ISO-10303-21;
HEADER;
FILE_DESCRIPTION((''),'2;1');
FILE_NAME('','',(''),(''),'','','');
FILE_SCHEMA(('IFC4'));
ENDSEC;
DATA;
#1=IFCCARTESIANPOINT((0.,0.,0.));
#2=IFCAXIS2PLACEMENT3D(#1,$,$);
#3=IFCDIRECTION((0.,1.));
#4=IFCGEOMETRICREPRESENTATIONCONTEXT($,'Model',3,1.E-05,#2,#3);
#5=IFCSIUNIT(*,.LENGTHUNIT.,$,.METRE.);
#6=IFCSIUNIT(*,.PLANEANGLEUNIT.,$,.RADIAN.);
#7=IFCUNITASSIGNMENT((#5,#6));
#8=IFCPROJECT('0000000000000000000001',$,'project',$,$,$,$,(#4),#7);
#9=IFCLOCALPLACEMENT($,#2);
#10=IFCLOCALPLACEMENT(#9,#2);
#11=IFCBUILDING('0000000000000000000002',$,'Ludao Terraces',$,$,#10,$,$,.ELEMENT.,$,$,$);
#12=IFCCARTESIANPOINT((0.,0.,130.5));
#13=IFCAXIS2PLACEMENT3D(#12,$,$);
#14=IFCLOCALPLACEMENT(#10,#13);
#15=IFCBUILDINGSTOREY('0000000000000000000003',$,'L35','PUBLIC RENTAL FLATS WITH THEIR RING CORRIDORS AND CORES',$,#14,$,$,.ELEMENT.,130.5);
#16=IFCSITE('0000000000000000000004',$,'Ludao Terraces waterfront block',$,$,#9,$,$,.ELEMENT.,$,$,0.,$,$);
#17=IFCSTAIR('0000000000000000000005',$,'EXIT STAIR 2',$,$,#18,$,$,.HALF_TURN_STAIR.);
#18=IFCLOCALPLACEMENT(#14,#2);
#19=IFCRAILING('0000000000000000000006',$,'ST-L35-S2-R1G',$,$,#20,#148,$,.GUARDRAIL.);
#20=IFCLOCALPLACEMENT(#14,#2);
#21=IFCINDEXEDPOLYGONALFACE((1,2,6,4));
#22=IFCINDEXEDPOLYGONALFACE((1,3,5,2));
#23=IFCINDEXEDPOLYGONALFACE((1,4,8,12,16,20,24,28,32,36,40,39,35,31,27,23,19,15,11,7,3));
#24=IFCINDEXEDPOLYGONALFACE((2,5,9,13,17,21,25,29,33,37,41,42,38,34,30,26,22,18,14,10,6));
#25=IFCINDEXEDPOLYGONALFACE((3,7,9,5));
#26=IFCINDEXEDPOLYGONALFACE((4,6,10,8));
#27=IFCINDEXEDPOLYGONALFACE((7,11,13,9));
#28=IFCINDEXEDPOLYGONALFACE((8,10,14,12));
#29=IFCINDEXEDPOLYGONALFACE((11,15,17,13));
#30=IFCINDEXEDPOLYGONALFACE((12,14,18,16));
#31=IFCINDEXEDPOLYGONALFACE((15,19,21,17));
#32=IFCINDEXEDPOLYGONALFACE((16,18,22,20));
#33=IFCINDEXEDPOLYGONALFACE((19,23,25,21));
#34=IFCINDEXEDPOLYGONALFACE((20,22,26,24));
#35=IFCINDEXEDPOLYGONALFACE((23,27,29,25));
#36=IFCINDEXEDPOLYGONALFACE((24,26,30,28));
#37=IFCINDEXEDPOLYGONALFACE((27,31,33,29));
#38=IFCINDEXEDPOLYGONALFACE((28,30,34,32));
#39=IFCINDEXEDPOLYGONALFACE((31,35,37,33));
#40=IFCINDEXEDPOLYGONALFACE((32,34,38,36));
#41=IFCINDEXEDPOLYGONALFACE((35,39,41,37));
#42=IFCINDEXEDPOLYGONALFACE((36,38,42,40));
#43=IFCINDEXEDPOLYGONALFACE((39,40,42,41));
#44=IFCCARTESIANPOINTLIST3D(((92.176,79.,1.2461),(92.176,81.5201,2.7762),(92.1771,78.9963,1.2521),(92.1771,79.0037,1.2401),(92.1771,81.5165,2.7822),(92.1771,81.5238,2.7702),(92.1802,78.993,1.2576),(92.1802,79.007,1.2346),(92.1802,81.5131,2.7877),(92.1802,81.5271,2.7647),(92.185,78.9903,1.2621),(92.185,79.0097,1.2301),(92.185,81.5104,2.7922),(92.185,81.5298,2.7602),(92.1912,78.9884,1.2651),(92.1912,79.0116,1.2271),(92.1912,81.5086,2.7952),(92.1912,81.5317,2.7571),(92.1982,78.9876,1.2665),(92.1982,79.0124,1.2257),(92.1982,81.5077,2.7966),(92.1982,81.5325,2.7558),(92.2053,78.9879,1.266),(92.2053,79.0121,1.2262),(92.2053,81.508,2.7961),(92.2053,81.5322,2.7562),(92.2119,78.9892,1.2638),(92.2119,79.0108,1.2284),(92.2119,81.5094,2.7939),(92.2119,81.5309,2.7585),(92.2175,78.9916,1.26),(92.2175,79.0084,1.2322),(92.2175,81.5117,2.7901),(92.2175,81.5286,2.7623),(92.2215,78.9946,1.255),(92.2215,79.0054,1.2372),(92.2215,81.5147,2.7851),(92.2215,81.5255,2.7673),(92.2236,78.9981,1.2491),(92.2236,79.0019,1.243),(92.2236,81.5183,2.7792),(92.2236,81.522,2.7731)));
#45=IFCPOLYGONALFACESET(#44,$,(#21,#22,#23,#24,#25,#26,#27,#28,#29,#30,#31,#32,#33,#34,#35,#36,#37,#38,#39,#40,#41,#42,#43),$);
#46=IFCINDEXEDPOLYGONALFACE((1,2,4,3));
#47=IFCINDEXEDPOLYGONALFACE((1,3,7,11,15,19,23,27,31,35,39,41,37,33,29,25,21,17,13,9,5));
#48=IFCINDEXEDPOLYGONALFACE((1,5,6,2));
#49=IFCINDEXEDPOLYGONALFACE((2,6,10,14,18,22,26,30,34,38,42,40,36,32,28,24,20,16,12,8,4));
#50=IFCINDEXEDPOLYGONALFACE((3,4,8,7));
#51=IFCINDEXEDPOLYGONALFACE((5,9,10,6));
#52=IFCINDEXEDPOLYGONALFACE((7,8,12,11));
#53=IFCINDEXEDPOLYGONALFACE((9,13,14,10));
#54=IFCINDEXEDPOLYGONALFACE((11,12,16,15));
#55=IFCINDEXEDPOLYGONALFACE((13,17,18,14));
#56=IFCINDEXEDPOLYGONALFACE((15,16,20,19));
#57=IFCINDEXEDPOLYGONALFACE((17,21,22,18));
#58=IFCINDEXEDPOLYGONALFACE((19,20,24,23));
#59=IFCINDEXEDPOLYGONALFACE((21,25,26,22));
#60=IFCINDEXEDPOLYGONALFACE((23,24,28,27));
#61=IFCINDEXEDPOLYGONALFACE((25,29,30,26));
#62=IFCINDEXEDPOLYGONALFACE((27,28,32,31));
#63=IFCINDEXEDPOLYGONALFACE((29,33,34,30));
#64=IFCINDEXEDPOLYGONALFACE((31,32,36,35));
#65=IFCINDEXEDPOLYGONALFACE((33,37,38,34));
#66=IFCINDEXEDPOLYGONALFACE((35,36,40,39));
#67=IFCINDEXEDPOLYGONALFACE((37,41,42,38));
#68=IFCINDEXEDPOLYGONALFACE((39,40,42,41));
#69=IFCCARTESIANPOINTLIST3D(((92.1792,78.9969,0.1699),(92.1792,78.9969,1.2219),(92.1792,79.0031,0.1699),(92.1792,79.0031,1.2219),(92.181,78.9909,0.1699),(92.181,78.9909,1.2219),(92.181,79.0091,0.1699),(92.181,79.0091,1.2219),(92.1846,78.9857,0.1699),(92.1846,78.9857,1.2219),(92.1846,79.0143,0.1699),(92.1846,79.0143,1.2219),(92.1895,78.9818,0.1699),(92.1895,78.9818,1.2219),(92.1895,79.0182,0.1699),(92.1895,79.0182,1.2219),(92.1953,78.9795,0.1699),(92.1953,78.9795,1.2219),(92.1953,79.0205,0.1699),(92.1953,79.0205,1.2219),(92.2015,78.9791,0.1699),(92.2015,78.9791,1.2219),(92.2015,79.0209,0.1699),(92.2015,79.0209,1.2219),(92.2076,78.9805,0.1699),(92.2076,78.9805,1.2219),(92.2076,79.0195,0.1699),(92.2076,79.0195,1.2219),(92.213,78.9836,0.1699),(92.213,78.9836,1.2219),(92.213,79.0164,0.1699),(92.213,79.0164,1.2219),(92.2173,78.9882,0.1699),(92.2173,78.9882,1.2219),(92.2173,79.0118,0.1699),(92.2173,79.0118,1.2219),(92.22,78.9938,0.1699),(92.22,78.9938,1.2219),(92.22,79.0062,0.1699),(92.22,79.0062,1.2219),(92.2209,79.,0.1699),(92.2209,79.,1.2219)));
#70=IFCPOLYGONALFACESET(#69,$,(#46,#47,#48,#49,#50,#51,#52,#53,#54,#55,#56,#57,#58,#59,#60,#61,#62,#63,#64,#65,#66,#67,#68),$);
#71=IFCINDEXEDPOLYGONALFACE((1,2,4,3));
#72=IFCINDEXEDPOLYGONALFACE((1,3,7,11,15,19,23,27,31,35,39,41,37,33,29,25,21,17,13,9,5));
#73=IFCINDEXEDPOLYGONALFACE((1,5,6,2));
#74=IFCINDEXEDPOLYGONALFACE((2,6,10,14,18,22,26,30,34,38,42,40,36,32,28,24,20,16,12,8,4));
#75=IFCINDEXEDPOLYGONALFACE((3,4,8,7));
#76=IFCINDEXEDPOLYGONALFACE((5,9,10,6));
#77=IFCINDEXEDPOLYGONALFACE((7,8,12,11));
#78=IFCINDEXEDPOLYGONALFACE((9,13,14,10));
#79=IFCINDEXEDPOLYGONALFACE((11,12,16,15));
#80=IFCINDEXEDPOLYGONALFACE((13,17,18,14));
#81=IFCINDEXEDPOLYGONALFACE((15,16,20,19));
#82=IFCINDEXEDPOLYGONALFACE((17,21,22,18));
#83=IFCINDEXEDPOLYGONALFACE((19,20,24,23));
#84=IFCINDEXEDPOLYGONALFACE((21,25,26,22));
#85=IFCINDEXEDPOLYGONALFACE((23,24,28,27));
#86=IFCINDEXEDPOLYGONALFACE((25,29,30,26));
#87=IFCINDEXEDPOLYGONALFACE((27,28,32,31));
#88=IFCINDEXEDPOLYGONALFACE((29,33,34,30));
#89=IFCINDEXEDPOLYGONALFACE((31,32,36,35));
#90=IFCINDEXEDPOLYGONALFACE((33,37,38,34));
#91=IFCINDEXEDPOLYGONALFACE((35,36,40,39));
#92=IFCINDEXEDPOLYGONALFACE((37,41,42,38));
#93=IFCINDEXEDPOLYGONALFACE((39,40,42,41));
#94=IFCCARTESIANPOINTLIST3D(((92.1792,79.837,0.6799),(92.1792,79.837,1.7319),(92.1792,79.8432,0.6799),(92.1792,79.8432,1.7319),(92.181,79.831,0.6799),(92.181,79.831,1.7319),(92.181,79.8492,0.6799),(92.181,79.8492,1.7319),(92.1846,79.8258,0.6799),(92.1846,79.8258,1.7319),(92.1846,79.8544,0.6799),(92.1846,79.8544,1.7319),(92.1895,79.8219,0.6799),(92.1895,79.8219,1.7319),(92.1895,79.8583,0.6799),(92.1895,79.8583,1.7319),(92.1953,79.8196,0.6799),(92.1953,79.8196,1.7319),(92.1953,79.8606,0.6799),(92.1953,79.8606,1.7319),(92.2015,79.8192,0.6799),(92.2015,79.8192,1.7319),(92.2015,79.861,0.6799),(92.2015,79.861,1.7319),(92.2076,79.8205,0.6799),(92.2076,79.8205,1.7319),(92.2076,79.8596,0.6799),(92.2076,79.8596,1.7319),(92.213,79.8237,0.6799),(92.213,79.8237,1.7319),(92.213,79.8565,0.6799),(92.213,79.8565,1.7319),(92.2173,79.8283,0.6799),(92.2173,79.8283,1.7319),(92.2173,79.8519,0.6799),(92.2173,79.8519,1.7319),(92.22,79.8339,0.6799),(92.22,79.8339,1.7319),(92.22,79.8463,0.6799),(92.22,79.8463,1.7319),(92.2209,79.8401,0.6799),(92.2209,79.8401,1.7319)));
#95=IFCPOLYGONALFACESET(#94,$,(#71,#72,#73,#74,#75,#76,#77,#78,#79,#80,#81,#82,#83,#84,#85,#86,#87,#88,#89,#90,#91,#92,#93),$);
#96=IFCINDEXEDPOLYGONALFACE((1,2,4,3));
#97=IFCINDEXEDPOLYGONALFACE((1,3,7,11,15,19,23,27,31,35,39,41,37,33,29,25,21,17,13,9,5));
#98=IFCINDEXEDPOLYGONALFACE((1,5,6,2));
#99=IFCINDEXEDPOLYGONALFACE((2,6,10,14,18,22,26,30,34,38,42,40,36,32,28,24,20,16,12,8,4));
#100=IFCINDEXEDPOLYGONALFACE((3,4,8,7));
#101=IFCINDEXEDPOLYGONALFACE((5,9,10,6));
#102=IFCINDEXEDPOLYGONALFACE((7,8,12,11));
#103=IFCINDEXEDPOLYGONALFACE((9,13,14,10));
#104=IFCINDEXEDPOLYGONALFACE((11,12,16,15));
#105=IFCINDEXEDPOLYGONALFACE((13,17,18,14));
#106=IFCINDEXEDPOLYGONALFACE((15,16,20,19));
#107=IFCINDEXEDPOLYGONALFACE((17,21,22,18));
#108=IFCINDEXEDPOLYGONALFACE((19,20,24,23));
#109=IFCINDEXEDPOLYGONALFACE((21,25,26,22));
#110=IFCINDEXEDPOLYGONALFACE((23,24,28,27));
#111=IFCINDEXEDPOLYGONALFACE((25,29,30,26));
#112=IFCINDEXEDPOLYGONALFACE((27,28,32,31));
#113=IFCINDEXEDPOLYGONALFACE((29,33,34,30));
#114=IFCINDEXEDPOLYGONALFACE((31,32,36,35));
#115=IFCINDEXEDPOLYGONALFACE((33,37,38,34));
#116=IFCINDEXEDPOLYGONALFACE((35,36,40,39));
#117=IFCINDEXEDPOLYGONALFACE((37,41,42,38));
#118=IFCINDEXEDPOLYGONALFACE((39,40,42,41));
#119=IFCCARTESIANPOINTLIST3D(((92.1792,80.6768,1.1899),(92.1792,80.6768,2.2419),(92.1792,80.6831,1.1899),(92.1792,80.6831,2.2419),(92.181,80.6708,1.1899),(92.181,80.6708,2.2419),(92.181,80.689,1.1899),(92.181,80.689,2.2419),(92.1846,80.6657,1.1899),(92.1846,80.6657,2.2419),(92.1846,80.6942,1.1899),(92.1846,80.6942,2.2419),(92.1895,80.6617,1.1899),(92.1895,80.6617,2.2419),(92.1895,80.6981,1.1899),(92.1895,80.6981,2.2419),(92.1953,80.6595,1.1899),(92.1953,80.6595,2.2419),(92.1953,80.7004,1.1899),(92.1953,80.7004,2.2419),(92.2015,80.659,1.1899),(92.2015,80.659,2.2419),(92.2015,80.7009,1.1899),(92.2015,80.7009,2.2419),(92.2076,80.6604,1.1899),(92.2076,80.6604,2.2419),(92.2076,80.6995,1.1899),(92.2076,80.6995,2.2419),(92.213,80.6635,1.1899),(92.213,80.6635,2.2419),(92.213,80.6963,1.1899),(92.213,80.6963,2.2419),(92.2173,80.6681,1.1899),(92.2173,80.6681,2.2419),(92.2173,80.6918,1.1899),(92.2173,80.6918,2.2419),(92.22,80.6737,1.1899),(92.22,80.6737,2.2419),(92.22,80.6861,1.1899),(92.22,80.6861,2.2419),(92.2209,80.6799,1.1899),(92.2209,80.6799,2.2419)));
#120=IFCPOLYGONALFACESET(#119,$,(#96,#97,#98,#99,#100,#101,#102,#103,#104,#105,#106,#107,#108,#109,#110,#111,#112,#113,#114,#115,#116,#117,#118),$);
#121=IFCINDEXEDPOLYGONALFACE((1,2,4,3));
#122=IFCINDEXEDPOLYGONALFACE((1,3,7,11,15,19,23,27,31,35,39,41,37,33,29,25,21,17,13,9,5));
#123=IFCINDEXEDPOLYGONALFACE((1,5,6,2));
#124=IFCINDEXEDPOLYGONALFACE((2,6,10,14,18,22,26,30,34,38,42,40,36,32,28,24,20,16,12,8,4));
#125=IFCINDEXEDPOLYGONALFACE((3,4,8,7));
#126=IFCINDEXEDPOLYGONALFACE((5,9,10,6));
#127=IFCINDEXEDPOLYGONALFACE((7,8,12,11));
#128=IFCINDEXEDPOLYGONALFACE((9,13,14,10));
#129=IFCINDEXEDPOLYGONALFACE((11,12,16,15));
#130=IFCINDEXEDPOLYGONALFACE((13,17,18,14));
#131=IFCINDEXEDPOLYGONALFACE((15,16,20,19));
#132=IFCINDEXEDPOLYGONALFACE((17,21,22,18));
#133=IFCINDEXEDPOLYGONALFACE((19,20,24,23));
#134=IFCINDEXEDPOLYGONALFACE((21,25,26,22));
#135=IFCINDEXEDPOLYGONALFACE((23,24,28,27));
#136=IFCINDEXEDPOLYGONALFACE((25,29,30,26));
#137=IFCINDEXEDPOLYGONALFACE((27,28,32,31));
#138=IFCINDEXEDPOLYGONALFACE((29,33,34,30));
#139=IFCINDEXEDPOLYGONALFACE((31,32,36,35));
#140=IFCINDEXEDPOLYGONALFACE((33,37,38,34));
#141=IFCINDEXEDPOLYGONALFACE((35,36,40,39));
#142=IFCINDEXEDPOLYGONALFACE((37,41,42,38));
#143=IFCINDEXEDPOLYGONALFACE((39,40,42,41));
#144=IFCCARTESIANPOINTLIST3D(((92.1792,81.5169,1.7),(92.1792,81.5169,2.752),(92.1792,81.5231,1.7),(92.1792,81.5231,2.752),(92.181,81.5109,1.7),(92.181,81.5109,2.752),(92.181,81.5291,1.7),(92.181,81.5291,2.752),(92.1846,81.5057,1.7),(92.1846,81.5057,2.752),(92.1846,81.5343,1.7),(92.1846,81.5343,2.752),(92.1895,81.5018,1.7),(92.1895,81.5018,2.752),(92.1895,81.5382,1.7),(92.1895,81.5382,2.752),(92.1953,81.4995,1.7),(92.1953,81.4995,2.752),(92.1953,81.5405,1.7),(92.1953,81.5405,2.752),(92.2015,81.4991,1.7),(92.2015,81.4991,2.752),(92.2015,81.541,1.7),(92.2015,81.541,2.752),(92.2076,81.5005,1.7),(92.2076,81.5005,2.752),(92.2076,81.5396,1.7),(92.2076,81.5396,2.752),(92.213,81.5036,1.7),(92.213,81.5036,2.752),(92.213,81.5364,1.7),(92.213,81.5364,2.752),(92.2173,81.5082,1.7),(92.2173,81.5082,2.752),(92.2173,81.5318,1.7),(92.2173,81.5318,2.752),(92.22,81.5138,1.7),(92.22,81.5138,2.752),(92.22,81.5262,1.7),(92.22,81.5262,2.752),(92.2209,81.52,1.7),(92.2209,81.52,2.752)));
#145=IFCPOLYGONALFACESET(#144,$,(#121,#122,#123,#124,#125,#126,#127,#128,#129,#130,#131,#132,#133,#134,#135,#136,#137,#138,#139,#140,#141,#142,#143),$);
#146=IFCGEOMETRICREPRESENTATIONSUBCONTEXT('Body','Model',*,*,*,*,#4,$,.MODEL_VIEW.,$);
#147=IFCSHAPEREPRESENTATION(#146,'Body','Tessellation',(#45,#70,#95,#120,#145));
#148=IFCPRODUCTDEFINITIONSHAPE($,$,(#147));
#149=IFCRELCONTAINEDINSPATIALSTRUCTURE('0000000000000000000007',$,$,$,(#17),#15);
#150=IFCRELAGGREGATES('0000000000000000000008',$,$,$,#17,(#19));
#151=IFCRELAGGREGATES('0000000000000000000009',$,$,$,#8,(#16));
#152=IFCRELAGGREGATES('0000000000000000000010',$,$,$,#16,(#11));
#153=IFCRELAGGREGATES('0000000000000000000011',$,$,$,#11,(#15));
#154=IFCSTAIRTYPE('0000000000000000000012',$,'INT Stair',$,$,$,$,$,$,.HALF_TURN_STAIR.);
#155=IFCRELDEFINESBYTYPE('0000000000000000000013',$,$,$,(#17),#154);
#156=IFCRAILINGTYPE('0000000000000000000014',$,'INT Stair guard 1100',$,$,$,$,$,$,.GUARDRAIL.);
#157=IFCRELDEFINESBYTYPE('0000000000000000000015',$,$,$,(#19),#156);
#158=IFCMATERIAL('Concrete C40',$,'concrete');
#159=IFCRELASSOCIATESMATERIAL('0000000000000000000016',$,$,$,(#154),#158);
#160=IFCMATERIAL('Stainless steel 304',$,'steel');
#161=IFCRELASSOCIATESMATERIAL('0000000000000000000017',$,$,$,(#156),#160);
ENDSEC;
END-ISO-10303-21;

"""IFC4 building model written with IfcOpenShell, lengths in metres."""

from ifc_helpers import new_model, si_unit, direction, frame, origin, origin_2d, place, context, subcontext, project, spatial, circle, extrude, material, type_object, element, aggregate, save


model = new_model("IFC4")

# Units and contexts
model_context = context("Model", 3, precision=1e-05, world=origin(), true_north=direction((0.0, 1.0)))
body_context = subcontext(model_context, "Body", "Model", "MODEL_VIEW")
ifc_project = project(units=[si_unit("LENGTHUNIT", "METRE"), si_unit("PLANEANGLEUNIT", "RADIAN")], contexts=[model_context])

# Site, building, storey
site_placement = place(None, origin())
site = spatial("IfcSite", under=ifc_project, at=site_placement, Name="Ludao Terraces waterfront block", CompositionType="ELEMENT", RefElevation=0.0)
building_placement = place(site_placement, origin())
building = spatial("IfcBuilding", under=site, at=building_placement, Name="Ludao Terraces", CompositionType="ELEMENT")
storey_placement = place(building_placement, frame((0.0, 0.0, 130.5)))
storey = spatial("IfcBuildingStorey", under=building, at=storey_placement, Name="L35", Description="PUBLIC RENTAL FLATS WITH THEIR RING CORRIDORS AND CORES", CompositionType="ELEMENT", Elevation=130.5)

# Stair, railing
ifc_material_1 = material(Name="Concrete C40", Category="concrete")
stair_type = type_object("IfcStairType", Name="INT Stair", PredefinedType="HALF_TURN_STAIR", material=ifc_material_1)
stair_placement = place(storey_placement, origin())
stair = element("IfcStair", 1, at=stair_placement, inside=storey, type_object=stair_type, Name="EXIT STAIR 2", PredefinedType="HALF_TURN_STAIR")
ifc_material_2 = material(Name="Stainless steel 304", Category="steel")
railing_type_1 = type_object("IfcRailingType", Name="INT Stair guard 1100", PredefinedType="GUARDRAIL", material=ifc_material_2)
railing_1_placement = place(storey_placement, frame((92.2, 79.0, 0.1699)))
railing_1 = element("IfcRailing", 2, at=railing_1_placement, type_object=railing_type_1, Name="ST-L35-S2-R1G", PredefinedType="GUARDRAIL", context=body_context, shape_type="SweptSolid", body=[
    extrude(circle(Radius=0.0239, at=origin_2d()), frame((0.0, 0.0, 1.0762), z_axis=(0.0, 0.854785, 0.518982), x_axis=(-1.0, 0.0, 0.0)), (0.0, 0.0, 1.0), 2.9482),
    extrude(circle(Radius=0.021, at=origin_2d()), origin(), (0.0, 0.0, 1.0), 1.052),
    extrude(circle(Radius=0.021, at=origin_2d()), frame((0.0, 0.8401, 0.51)), (0.0, 0.0, 1.0), 1.052),
    extrude(circle(Radius=0.021, at=origin_2d()), frame((0.0, 1.6799, 1.02)), (0.0, 0.0, 1.0), 1.052),
    extrude(circle(Radius=0.021, at=origin_2d()), frame((0.0, 2.52, 1.53)), (0.0, 0.0, 1.0), 1.052),
])
aggregate(stair, [railing_1])

save(model, "model.ifc")
